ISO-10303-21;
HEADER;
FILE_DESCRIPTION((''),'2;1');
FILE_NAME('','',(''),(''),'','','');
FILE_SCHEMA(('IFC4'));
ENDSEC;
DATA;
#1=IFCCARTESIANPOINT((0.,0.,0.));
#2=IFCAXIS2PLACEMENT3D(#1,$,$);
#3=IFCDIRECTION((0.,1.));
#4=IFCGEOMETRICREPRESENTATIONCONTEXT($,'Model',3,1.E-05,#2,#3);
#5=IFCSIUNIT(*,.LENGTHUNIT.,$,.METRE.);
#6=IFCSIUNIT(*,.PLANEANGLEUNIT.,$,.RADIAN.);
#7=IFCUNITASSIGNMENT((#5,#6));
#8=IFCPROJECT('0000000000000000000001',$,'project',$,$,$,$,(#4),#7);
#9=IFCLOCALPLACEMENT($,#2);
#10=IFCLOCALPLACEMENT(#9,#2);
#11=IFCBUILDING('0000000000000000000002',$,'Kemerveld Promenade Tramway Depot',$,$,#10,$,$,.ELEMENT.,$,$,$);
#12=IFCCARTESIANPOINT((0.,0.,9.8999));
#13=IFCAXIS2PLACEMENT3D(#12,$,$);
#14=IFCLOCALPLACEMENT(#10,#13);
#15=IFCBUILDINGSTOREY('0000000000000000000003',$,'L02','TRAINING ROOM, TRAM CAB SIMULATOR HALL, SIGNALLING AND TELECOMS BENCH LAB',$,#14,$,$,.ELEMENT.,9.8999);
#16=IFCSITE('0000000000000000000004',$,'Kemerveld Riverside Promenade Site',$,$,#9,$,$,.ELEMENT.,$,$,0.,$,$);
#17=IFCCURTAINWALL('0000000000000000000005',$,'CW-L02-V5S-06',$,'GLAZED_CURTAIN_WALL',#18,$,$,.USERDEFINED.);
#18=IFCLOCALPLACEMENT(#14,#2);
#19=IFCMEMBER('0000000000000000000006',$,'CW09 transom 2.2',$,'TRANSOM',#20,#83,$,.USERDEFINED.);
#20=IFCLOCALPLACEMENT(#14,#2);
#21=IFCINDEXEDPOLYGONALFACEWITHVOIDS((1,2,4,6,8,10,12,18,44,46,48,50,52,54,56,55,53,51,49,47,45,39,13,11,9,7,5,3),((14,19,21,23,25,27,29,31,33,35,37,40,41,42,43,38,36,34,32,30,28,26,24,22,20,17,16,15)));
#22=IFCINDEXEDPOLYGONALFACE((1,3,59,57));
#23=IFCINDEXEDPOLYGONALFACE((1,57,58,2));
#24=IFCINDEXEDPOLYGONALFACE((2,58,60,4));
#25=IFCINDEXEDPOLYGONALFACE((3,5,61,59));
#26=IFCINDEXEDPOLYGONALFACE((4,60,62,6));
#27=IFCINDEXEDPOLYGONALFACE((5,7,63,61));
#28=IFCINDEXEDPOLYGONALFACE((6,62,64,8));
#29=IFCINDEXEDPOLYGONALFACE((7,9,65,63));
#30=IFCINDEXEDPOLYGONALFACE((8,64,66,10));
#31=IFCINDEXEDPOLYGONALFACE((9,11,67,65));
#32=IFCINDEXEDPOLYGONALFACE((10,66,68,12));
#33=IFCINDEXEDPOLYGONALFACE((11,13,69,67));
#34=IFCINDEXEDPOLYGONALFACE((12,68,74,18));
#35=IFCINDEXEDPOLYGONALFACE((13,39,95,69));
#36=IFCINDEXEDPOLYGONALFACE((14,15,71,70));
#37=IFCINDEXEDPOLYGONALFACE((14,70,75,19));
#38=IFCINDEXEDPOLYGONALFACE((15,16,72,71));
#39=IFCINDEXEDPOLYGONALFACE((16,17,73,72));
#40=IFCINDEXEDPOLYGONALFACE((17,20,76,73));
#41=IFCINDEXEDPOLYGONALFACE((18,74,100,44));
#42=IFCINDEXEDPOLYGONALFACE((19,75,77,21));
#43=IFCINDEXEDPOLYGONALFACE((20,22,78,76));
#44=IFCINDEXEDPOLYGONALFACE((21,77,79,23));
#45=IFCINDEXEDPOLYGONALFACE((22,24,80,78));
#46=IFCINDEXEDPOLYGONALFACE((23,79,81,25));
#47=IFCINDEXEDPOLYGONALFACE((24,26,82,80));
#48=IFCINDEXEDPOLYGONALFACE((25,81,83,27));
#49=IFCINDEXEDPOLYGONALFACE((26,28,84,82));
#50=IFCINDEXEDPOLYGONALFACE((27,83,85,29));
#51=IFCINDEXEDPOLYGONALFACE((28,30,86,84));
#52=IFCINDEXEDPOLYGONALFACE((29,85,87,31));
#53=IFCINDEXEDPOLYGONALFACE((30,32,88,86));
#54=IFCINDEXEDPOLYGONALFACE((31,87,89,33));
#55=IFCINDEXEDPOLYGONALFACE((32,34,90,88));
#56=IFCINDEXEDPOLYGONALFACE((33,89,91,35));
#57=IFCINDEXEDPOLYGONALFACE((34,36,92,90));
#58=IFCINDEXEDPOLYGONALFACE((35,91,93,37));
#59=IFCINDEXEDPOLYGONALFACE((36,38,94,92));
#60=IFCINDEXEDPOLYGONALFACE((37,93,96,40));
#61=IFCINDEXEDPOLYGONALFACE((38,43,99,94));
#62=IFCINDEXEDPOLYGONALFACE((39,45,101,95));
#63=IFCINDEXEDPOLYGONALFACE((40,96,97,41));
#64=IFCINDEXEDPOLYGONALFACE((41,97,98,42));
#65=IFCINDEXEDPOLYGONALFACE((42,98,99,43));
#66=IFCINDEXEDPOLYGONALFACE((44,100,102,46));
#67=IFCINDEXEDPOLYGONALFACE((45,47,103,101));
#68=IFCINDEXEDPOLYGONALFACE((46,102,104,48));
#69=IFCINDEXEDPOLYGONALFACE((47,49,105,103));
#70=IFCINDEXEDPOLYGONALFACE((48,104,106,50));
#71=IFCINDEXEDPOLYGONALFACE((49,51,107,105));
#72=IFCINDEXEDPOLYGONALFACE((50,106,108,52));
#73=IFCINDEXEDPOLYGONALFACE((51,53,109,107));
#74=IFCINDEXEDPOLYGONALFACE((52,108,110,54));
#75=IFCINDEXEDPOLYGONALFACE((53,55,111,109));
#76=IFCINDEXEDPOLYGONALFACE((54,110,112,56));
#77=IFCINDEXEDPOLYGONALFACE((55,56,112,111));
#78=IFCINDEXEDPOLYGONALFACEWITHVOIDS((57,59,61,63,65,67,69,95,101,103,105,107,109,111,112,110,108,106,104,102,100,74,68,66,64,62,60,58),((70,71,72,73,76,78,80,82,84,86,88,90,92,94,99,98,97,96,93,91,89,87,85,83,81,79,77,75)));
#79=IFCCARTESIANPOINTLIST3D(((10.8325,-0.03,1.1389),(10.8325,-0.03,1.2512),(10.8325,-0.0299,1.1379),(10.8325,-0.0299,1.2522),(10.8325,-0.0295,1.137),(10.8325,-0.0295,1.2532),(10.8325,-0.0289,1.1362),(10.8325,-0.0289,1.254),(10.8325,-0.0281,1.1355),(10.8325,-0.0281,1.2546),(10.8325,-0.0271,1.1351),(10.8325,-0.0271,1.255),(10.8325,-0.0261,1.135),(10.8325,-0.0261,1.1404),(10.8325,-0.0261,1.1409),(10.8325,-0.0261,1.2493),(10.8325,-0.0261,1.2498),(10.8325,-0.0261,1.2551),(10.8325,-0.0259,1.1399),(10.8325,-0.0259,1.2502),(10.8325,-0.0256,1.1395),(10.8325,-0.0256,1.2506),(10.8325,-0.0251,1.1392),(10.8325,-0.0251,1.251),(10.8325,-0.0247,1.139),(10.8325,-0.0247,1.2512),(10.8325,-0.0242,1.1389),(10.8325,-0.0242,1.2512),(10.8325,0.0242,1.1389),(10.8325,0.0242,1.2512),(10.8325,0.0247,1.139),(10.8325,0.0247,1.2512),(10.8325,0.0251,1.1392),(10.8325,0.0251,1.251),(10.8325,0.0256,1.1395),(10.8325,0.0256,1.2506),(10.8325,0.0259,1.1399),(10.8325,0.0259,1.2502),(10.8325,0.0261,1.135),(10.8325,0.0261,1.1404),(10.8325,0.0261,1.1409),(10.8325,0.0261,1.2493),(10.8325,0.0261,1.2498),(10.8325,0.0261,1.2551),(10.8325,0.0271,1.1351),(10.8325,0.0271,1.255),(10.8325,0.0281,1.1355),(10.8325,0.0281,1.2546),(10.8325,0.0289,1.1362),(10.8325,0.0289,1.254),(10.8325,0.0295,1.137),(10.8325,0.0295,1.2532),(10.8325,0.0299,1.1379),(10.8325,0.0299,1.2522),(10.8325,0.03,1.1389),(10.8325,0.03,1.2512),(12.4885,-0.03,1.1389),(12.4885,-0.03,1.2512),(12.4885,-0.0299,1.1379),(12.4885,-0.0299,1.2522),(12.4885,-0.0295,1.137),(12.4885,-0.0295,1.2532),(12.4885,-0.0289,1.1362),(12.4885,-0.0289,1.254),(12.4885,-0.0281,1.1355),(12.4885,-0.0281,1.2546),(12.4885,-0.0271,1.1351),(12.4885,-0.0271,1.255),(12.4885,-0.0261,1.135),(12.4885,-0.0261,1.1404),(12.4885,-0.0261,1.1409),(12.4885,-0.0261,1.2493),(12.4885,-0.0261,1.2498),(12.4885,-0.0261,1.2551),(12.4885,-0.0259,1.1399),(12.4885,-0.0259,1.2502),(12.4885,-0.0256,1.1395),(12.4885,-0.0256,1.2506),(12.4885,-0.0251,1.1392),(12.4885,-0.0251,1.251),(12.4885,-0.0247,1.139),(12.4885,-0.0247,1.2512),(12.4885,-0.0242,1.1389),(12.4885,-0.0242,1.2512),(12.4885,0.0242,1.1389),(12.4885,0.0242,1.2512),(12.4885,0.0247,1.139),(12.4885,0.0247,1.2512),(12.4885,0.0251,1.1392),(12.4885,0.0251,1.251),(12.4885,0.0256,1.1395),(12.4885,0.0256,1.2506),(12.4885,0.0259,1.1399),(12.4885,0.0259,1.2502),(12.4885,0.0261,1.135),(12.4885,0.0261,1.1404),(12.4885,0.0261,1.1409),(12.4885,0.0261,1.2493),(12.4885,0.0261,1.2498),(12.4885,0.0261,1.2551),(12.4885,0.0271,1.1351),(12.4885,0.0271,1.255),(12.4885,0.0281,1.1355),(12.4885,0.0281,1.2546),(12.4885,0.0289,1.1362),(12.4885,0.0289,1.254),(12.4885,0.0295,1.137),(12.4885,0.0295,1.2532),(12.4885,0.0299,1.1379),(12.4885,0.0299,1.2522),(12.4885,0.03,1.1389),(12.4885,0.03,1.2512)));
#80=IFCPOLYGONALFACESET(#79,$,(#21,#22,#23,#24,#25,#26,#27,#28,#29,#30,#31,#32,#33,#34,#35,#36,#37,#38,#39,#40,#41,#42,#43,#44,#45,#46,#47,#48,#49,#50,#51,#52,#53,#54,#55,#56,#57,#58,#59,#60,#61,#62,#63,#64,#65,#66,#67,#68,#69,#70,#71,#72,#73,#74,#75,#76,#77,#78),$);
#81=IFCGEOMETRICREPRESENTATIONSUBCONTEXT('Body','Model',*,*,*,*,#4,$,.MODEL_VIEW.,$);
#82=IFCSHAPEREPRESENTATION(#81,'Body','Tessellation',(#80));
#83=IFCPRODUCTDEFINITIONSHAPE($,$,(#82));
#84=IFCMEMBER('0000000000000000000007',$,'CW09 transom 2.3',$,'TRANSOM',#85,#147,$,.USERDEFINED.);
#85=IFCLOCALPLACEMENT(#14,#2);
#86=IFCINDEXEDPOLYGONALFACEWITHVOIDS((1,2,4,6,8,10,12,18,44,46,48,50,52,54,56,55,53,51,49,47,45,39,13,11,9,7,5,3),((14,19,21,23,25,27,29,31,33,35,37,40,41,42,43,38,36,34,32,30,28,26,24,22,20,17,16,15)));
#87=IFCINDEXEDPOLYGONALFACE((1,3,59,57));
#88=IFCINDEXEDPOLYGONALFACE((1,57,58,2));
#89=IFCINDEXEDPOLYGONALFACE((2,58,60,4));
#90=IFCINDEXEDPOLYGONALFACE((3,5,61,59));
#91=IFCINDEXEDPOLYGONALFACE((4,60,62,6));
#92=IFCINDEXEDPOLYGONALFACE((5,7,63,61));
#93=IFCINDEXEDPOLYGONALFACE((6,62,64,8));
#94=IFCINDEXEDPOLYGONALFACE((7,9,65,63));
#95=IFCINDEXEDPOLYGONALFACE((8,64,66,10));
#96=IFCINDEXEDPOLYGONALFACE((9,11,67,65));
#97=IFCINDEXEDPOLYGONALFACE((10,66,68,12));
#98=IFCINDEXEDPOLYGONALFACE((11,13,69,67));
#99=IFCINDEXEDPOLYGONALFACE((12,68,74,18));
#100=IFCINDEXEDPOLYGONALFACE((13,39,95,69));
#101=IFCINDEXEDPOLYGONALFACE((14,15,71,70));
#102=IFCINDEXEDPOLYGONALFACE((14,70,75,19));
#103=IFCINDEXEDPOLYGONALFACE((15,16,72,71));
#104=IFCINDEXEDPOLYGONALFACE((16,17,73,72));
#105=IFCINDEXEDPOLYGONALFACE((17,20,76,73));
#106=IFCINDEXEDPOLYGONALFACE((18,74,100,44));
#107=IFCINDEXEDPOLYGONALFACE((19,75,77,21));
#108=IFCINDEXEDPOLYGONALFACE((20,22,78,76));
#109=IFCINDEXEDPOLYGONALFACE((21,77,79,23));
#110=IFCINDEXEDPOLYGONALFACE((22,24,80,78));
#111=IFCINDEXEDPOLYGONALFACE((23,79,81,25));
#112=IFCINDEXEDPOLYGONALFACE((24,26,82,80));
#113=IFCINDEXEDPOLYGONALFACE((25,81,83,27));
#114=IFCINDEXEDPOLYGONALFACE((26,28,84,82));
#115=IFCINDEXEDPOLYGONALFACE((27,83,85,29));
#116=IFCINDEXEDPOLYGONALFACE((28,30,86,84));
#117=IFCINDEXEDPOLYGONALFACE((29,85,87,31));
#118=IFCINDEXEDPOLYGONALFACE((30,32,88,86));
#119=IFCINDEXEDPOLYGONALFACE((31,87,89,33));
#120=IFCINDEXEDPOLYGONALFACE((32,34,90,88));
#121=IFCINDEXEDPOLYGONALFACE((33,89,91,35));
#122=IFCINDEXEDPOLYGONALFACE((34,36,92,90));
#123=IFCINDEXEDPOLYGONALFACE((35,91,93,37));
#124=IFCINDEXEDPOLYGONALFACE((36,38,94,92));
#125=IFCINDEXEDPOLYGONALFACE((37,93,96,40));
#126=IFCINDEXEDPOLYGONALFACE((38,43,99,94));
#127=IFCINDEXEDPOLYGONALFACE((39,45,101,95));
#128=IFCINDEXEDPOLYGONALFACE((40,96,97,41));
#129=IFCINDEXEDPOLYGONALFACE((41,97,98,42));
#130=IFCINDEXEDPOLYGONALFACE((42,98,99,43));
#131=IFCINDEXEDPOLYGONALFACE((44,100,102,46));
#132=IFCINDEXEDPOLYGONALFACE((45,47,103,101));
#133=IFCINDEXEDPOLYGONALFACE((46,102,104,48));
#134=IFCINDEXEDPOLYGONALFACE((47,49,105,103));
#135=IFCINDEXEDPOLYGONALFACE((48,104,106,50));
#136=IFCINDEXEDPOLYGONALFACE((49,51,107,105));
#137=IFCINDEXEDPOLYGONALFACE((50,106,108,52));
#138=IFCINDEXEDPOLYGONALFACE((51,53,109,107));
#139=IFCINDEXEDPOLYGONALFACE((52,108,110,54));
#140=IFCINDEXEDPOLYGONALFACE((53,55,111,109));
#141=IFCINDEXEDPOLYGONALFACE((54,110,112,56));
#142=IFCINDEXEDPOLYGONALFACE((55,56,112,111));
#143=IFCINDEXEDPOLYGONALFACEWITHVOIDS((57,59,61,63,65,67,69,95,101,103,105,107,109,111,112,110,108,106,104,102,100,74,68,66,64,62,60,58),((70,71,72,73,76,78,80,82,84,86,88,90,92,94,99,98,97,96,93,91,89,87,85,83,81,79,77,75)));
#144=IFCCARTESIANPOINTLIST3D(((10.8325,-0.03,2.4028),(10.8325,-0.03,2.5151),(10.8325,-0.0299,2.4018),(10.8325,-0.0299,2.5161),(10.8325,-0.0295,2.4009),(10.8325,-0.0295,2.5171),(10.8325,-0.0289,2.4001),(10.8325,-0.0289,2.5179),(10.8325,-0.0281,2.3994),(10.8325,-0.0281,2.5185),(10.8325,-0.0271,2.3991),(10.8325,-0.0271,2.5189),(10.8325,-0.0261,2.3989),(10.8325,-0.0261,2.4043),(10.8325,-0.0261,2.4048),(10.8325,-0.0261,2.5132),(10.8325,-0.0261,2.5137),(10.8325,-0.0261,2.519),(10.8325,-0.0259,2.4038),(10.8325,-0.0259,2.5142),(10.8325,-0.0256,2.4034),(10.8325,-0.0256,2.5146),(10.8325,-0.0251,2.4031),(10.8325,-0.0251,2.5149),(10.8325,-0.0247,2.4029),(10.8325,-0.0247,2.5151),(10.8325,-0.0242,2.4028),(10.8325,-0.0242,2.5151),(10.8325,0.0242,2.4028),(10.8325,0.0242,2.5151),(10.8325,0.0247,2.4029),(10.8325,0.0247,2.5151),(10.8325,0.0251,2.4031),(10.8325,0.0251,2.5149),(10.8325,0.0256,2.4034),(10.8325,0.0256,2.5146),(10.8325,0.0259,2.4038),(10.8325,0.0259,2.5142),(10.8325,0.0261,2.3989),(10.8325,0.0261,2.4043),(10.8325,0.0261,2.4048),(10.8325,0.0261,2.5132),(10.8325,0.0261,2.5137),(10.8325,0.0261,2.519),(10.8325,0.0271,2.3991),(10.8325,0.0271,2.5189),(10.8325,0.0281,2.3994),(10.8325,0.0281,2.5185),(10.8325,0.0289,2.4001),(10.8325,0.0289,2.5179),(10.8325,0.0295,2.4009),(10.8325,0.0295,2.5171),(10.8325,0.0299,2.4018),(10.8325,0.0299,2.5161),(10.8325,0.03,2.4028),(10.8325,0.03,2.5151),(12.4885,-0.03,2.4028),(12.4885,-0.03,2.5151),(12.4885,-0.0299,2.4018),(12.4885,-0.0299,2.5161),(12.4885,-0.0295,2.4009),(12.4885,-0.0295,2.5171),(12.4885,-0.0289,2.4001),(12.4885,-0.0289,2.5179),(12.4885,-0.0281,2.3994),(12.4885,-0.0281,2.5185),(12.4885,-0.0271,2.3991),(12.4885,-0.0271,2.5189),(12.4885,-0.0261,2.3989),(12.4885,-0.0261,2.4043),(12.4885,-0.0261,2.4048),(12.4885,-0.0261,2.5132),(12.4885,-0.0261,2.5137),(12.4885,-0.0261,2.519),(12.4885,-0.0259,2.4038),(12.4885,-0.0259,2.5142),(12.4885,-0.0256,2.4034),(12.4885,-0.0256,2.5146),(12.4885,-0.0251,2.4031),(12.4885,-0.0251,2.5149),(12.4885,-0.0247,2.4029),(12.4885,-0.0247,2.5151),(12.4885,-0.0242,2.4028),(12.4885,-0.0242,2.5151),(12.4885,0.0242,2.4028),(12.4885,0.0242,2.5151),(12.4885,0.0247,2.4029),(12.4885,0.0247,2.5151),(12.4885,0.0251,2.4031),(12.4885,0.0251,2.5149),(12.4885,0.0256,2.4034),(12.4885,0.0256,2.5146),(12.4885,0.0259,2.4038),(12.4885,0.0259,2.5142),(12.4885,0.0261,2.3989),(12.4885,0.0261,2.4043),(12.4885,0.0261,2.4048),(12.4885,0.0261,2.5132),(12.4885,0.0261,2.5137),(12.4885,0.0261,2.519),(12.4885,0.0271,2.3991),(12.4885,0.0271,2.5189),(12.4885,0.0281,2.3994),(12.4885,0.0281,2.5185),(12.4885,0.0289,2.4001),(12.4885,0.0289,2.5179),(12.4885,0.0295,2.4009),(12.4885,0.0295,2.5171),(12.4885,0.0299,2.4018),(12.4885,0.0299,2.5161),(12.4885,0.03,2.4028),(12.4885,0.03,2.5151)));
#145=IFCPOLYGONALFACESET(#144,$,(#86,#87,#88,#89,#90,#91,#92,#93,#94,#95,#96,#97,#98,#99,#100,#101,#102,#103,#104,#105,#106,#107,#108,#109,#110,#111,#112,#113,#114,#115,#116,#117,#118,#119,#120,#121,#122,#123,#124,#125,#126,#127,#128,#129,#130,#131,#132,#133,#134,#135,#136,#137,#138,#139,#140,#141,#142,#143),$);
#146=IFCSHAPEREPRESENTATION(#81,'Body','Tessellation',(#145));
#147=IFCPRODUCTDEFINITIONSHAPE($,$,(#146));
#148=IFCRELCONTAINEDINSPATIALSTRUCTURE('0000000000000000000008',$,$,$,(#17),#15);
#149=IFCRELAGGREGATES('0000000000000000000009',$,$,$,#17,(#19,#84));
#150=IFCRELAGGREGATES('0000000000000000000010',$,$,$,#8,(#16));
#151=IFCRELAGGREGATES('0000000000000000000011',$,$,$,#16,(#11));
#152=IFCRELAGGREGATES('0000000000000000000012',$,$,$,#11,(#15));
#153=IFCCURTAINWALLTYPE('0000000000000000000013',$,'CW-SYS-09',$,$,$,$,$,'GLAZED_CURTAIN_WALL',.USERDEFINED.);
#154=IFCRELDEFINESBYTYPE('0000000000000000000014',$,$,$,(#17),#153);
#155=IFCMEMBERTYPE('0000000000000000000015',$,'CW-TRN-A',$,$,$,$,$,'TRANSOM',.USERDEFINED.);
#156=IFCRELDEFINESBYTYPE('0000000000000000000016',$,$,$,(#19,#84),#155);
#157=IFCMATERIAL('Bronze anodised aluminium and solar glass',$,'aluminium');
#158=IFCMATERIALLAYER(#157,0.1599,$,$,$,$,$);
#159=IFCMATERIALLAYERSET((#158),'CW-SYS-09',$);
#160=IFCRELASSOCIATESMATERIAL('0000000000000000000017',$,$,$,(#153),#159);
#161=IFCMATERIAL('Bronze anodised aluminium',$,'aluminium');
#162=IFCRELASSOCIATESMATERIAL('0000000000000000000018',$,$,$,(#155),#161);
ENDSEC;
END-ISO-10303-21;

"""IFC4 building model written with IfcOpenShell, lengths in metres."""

from ifc_helpers import new_model, si_unit, direction, frame, origin, origin_2d, place, context, subcontext, project, spatial, hollow_rectangle, extrude, material, layer, layer_set, material_profile, profile_set, type_object, element, aggregate, save


model = new_model("IFC4")

# Units and contexts
model_context = context("Model", 3, precision=1e-05, world=origin(), true_north=direction((0.0, 1.0)))
body_context = subcontext(model_context, "Body", "Model", "MODEL_VIEW")
ifc_project = project(units=[si_unit("LENGTHUNIT", "METRE"), si_unit("PLANEANGLEUNIT", "RADIAN")], contexts=[model_context])

# Site, building, storey
site_placement = place(None, origin())
site = spatial("IfcSite", under=ifc_project, at=site_placement, Name="Kemerveld Riverside Promenade Site", CompositionType="ELEMENT", RefElevation=0.0)
building_placement = place(site_placement, origin())
building = spatial("IfcBuilding", under=site, at=building_placement, Name="Kemerveld Promenade Tramway Depot", CompositionType="ELEMENT")
storey_placement = place(building_placement, frame((0.0, 0.0, 9.8999)))
storey = spatial("IfcBuildingStorey", under=building, at=storey_placement, Name="L02", Description="TRAINING ROOM, TRAM CAB SIMULATOR HALL, SIGNALLING AND TELECOMS BENCH LAB", CompositionType="ELEMENT", Elevation=9.8999)

# Curtain wall, members
ifc_material_1 = material(Name="Bronze anodised aluminium and solar glass", Category="aluminium")
ifc_layer_1 = layer(ifc_material_1, 0.1599)
ifc_layer_set_1 = layer_set([ifc_layer_1], Name="CW-SYS-09")
curtain_wall_type = type_object("IfcCurtainWallType", Name="CW-SYS-09", ElementType="GLAZED_CURTAIN_WALL", PredefinedType="USERDEFINED", material=ifc_layer_set_1)
curtain_wall_placement = place(storey_placement, origin())
curtain_wall = element("IfcCurtainWall", 1, at=curtain_wall_placement, inside=storey, type_object=curtain_wall_type, Name="CW-L02-V5S-06", ObjectType="GLAZED_CURTAIN_WALL", PredefinedType="USERDEFINED")
ifc_material_2 = material(Name="Bronze anodised aluminium", Category="aluminium")
ifc_material_profile_1 = material_profile(ifc_material_2, hollow_rectangle(XDim=0.0601, YDim=0.1201, WallThickness=0.0039, InnerFilletRadius=0.002, OuterFilletRadius=0.0039, at=origin_2d()), Name="CW-TRN-120x60")
ifc_profile_set_1 = profile_set([ifc_material_profile_1], Name="Bronze anodised aluminium")
member_type_1 = type_object("IfcMemberType", Name="CW-TRN-A", ElementType="TRANSOM", PredefinedType="USERDEFINED", material=ifc_profile_set_1)
member_1_placement = place(storey_placement, frame((12.4885, 0.0, 1.1951), z_axis=(-1.0, 0.0, 0.0), x_axis=(0.0, -1.0, 0.0)))
member_1 = element("IfcMember", 2, at=member_1_placement, type_object=member_type_1, Name="CW09 transom 2.2", ObjectType="TRANSOM", PredefinedType="USERDEFINED", context=body_context, shape_type="SweptSolid", body=[
    extrude(hollow_rectangle(XDim=0.0601, YDim=0.1201, WallThickness=0.0039, InnerFilletRadius=0.002, OuterFilletRadius=0.0039, at=origin_2d()), origin(), (0.0, 0.0, 1.0), 1.656),
])
member_2_placement = place(storey_placement, frame((12.4885, 0.0, 2.459), z_axis=(-1.0, 0.0, 0.0), x_axis=(0.0, -1.0, 0.0)))
member_2 = element("IfcMember", 3, at=member_2_placement, type_object=member_type_1, Name="CW09 transom 2.3", ObjectType="TRANSOM", PredefinedType="USERDEFINED", context=body_context, shape_type="SweptSolid", body=[
    extrude(hollow_rectangle(XDim=0.0601, YDim=0.1201, WallThickness=0.0039, InnerFilletRadius=0.002, OuterFilletRadius=0.0039, at=origin_2d()), origin(), (0.0, 0.0, 1.0), 1.656),
])
aggregate(curtain_wall, [member_1, member_2])

save(model, "model.ifc")
